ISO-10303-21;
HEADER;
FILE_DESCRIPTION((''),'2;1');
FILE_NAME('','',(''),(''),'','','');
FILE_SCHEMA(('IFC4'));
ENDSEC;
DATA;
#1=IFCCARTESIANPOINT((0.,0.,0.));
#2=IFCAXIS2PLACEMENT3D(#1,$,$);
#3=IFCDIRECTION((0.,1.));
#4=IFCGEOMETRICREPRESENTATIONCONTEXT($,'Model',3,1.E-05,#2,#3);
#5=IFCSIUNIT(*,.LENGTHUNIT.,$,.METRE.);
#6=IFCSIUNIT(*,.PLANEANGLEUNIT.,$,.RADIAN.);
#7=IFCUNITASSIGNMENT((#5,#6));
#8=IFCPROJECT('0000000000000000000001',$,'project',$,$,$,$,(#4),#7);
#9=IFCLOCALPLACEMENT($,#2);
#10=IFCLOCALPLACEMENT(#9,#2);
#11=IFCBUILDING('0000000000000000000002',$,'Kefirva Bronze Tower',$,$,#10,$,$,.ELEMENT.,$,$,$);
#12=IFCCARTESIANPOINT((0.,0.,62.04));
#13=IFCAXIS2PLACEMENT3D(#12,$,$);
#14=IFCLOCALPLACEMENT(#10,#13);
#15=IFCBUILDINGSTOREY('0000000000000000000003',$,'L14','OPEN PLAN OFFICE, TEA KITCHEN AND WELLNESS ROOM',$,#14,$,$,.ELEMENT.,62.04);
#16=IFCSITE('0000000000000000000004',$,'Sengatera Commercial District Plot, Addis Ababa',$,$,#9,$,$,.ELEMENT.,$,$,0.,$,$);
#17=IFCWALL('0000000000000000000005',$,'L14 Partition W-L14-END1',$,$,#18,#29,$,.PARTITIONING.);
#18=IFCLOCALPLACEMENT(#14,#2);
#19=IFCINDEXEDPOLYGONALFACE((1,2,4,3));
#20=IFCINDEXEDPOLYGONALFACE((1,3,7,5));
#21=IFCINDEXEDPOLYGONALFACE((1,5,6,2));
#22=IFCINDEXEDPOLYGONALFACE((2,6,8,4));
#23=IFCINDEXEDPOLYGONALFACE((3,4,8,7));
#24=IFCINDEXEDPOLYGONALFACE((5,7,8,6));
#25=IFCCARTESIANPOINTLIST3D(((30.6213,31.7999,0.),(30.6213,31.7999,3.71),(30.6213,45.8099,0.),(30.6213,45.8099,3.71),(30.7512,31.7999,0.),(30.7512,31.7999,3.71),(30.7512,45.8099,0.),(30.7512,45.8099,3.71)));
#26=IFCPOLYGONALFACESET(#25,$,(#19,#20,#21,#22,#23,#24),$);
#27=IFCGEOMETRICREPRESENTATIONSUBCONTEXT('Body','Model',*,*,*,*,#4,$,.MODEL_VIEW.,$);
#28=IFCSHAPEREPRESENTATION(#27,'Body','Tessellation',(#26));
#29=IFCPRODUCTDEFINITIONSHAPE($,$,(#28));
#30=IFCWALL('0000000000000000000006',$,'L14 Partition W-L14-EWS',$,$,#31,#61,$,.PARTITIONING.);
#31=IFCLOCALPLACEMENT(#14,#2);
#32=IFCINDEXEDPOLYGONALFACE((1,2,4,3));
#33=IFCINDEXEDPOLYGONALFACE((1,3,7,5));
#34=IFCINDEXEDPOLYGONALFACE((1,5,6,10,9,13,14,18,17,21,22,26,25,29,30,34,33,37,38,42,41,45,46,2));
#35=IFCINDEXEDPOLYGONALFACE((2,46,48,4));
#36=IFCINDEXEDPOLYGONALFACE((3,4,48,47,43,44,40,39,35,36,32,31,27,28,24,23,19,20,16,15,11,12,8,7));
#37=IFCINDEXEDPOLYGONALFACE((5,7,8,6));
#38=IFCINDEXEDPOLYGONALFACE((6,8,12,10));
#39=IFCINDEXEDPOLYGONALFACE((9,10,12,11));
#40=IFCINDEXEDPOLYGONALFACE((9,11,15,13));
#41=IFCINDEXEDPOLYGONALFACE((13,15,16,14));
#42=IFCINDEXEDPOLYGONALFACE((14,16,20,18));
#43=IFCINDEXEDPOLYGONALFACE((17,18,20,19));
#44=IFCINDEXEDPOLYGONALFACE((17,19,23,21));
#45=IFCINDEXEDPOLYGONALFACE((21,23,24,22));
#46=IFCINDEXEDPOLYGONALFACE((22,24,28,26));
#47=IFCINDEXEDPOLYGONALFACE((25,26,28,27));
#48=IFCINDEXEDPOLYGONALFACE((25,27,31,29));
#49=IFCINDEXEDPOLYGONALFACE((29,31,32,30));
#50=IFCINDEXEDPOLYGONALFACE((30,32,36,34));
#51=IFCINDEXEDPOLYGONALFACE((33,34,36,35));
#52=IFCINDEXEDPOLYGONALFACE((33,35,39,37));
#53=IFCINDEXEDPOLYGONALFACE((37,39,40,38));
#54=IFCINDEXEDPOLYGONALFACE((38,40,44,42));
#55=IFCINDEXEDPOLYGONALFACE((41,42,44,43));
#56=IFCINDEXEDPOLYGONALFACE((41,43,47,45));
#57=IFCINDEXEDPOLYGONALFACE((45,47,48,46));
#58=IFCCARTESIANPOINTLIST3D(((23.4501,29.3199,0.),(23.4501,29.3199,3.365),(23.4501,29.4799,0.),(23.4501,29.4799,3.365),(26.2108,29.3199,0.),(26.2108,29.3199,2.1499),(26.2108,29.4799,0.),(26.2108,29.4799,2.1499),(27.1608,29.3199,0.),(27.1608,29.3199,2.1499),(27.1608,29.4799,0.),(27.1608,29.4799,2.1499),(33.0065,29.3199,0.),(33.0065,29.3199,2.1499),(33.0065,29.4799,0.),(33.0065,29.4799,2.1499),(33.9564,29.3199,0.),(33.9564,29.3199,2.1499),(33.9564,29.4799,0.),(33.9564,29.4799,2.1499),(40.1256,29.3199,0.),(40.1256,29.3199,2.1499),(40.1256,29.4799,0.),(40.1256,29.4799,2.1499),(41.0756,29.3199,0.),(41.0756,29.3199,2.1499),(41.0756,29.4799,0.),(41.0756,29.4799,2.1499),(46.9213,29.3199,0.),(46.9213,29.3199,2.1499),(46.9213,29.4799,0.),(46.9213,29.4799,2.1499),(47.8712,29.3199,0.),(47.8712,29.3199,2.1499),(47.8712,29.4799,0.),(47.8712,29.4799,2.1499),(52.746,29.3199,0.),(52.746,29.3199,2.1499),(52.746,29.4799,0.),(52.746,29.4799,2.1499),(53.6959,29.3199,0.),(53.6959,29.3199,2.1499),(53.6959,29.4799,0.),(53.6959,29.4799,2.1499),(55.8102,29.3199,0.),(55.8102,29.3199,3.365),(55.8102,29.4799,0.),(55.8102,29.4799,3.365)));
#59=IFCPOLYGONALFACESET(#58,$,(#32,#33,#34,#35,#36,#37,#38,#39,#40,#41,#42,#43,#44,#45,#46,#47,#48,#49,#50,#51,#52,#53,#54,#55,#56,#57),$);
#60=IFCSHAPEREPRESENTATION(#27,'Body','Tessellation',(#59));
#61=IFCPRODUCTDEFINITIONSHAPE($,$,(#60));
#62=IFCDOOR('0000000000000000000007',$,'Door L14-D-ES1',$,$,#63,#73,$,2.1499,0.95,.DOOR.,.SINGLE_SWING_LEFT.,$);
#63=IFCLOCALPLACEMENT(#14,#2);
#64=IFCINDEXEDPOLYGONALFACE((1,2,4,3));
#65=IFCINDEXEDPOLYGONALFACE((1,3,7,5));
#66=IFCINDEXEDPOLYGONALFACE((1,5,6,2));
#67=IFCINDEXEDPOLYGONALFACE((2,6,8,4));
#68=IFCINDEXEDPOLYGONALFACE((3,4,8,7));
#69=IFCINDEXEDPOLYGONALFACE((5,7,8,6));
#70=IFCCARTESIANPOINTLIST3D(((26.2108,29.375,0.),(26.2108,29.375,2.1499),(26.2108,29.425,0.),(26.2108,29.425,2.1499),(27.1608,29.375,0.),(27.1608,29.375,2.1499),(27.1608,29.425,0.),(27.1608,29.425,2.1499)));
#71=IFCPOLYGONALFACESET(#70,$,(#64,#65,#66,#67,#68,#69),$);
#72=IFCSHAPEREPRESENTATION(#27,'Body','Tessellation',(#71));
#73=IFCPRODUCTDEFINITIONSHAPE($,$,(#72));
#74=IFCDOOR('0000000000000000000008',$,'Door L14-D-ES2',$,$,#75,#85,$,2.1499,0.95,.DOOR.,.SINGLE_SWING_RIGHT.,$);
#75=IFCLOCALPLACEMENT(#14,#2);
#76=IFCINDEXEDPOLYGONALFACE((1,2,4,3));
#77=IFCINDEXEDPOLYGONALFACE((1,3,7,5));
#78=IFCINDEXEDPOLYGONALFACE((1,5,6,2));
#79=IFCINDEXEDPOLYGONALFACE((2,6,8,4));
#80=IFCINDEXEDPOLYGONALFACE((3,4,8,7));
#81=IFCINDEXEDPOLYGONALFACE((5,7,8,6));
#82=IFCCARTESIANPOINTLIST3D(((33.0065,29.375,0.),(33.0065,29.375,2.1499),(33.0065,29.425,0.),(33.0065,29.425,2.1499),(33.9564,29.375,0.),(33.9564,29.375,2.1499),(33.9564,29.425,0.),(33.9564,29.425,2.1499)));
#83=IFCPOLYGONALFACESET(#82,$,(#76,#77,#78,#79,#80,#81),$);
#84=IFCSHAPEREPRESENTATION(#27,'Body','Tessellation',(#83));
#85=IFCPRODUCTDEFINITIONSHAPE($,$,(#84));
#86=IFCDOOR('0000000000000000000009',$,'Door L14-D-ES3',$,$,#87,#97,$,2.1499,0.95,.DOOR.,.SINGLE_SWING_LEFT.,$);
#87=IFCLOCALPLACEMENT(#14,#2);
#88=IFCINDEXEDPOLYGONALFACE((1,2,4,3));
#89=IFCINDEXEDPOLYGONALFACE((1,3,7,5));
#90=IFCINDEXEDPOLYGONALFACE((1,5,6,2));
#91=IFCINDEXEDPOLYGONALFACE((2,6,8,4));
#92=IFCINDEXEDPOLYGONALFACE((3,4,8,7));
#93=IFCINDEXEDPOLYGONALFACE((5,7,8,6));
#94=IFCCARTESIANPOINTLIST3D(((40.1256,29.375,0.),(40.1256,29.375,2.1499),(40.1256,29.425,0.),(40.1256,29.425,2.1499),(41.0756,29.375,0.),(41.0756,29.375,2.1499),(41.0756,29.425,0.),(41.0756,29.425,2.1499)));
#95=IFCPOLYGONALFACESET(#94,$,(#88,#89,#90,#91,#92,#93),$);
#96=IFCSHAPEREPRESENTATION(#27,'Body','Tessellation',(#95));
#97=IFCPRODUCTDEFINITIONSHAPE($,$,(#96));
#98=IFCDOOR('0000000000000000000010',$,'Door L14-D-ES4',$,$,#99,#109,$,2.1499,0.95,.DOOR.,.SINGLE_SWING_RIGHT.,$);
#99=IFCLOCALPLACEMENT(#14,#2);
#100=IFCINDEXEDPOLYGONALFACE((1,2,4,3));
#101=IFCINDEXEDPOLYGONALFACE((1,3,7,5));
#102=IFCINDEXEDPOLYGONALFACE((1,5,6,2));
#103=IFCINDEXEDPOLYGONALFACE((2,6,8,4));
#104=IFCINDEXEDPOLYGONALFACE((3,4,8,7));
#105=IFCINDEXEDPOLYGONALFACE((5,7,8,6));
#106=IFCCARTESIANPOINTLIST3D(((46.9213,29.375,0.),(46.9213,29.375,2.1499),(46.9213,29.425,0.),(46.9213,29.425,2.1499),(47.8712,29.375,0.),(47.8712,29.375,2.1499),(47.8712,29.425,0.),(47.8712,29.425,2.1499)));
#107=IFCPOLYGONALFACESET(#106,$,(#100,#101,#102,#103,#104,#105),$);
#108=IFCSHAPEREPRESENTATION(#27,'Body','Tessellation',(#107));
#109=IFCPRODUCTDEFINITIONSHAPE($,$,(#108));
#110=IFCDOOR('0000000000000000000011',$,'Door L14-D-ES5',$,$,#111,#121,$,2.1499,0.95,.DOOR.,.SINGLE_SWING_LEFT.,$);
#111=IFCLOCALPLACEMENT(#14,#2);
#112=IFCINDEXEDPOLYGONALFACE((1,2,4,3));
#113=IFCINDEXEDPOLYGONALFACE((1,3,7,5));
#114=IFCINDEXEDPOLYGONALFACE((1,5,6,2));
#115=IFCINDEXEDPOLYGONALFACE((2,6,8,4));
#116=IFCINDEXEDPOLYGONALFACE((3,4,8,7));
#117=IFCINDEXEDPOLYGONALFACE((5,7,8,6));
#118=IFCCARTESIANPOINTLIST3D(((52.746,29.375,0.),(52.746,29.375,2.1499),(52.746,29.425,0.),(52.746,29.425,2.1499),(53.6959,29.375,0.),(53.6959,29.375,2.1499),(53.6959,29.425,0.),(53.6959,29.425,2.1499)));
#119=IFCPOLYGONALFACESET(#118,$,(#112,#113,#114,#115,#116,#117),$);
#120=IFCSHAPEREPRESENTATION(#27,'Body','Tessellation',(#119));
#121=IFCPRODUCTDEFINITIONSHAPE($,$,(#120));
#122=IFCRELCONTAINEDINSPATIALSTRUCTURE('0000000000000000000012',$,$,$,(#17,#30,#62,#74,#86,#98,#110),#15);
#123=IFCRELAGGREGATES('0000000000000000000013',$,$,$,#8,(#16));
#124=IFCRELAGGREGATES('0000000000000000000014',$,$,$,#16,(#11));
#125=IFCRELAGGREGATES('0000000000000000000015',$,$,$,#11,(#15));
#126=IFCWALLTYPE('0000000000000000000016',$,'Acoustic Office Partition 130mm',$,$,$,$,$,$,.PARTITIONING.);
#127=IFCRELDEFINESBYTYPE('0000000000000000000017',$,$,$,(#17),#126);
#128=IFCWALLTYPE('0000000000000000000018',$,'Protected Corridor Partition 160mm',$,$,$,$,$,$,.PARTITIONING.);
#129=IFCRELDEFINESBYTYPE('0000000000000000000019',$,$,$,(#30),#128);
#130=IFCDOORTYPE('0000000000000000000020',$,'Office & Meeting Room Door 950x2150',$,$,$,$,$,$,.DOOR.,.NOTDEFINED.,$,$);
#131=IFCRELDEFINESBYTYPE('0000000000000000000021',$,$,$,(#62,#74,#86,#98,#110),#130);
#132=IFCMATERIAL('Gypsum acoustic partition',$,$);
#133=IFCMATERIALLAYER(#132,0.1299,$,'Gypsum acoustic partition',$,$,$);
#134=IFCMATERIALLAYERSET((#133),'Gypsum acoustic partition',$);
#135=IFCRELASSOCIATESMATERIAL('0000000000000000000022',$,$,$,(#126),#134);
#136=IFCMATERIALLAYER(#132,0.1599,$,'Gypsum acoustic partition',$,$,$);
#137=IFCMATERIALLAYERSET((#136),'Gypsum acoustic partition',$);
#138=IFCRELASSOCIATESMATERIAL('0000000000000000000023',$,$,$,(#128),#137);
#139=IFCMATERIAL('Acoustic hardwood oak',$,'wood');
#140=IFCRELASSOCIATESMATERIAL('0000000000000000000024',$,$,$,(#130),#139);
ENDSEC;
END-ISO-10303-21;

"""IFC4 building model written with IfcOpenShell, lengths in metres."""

from ifc_helpers import new_model, si_unit, direction, frame, frame_2d, origin, place, context, subcontext, project, spatial, rectangle, extrude, material, layer, layer_set, type_object, element, fill, save


model = new_model("IFC4")

# Units and contexts
model_context = context("Model", 3, precision=1e-05, world=origin(), true_north=direction((0.0, 1.0)))
body_context = subcontext(model_context, "Body", "Model", "MODEL_VIEW")
ifc_project = project(units=[si_unit("LENGTHUNIT", "METRE"), si_unit("PLANEANGLEUNIT", "RADIAN")], contexts=[model_context])

# Site, building, storey
site_placement = place(None, origin())
site = spatial("IfcSite", under=ifc_project, at=site_placement, Name="Sengatera Commercial District Plot, Addis Ababa", CompositionType="ELEMENT", RefElevation=0.0)
building_placement = place(site_placement, origin())
building = spatial("IfcBuilding", under=site, at=building_placement, Name="Kefirva Bronze Tower", CompositionType="ELEMENT")
storey_placement = place(building_placement, frame((0.0, 0.0, 62.04)))
storey = spatial("IfcBuildingStorey", under=building, at=storey_placement, Name="L14", Description="OPEN PLAN OFFICE, TEA KITCHEN AND WELLNESS ROOM", CompositionType="ELEMENT", Elevation=62.04)

# Wall
ifc_material_1 = material(Name="Gypsum acoustic partition")
ifc_layer_1 = layer(ifc_material_1, 0.1299, Name="Gypsum acoustic partition")
ifc_layer_set_1 = layer_set([ifc_layer_1], Name="Gypsum acoustic partition")
wall_type_1 = type_object("IfcWallType", Name="Acoustic Office Partition 130mm", PredefinedType="PARTITIONING", material=ifc_layer_set_1)
wall_1_placement = place(storey_placement, frame((30.6863, 31.8, 0.0), z_axis=(0.0, 0.0, 1.0), x_axis=(0.0, 1.0, 0.0)))
element("IfcWall", 1, at=wall_1_placement, inside=storey, type_object=wall_type_1, Name="L14 Partition W-L14-END1", PredefinedType="PARTITIONING", context=body_context, shape_type="SweptSolid", body=[
    extrude(rectangle(XDim=14.01, YDim=0.1299, at=frame_2d((7.0049, 0.0))), origin(), (0.0, 0.0, 1.0), 3.71),
])

# Wall, openings, doors
ifc_layer_2 = layer(ifc_material_1, 0.1599, Name="Gypsum acoustic partition")
ifc_layer_set_2 = layer_set([ifc_layer_2], Name="Gypsum acoustic partition")
wall_type_2 = type_object("IfcWallType", Name="Protected Corridor Partition 160mm", PredefinedType="PARTITIONING", material=ifc_layer_set_2)
wall_2_placement = place(storey_placement, frame((23.45, 29.3999, 0.0), z_axis=(0.0, 0.0, 1.0), x_axis=(1.0, 0.0, 0.0)))
wall_2 = element("IfcWall", 2, at=wall_2_placement, inside=storey, type_object=wall_type_2, Name="L14 Partition W-L14-EWS", PredefinedType="PARTITIONING", context=body_context, shape_type="SweptSolid", body=[
    extrude(rectangle(XDim=32.3601, YDim=0.1599, at=frame_2d((16.1802, 0.0))), origin(), (0.0, 0.0, 1.0), 3.365),
])
opening_1_placement = place(wall_2_placement, frame((3.7109, 0.0, 0.0), z_axis=(0.0, 0.0, 1.0), x_axis=(-1.0, 0.0, 0.0)))
opening_1 = element("IfcOpeningElement", 3, at=opening_1_placement, cuts=wall_2, PredefinedType="OPENING", context=body_context, shape_type="SweptSolid", body=[
    extrude(rectangle(XDim=0.95, YDim=2.1499, at=frame_2d((0.4751, 1.075))), frame((0.0, 0.0898, 0.0), z_axis=(0.0, -1.0, 0.0), x_axis=(1.0, 0.0, 0.0)), (0.0, 0.0, 1.0), 0.1799),
])
opening_2_placement = place(wall_2_placement, frame((10.5066, 0.0, 0.0), z_axis=(0.0, 0.0, 1.0), x_axis=(-1.0, 0.0, 0.0)))
opening_2 = element("IfcOpeningElement", 4, at=opening_2_placement, cuts=wall_2, PredefinedType="OPENING", context=body_context, shape_type="SweptSolid", body=[
    extrude(rectangle(XDim=0.95, YDim=2.1499, at=frame_2d((0.4751, 1.075))), frame((0.0, 0.0898, 0.0), z_axis=(0.0, -1.0, 0.0), x_axis=(1.0, 0.0, 0.0)), (0.0, 0.0, 1.0), 0.1799),
])
opening_3_placement = place(wall_2_placement, frame((17.6257, 0.0, 0.0), z_axis=(0.0, 0.0, 1.0), x_axis=(-1.0, 0.0, 0.0)))
opening_3 = element("IfcOpeningElement", 5, at=opening_3_placement, cuts=wall_2, PredefinedType="OPENING", context=body_context, shape_type="SweptSolid", body=[
    extrude(rectangle(XDim=0.95, YDim=2.1499, at=frame_2d((0.4751, 1.075))), frame((0.0, 0.0898, 0.0), z_axis=(0.0, -1.0, 0.0), x_axis=(1.0, 0.0, 0.0)), (0.0, 0.0, 1.0), 0.1799),
])
opening_4_placement = place(wall_2_placement, frame((24.4214, 0.0, 0.0), z_axis=(0.0, 0.0, 1.0), x_axis=(-1.0, 0.0, 0.0)))
opening_4 = element("IfcOpeningElement", 6, at=opening_4_placement, cuts=wall_2, PredefinedType="OPENING", context=body_context, shape_type="SweptSolid", body=[
    extrude(rectangle(XDim=0.95, YDim=2.1499, at=frame_2d((0.4751, 1.075))), frame((0.0, 0.0898, 0.0), z_axis=(0.0, -1.0, 0.0), x_axis=(1.0, 0.0, 0.0)), (0.0, 0.0, 1.0), 0.1799),
])
opening_5_placement = place(wall_2_placement, frame((30.2461, 0.0, 0.0), z_axis=(0.0, 0.0, 1.0), x_axis=(-1.0, 0.0, 0.0)))
opening_5 = element("IfcOpeningElement", 7, at=opening_5_placement, cuts=wall_2, PredefinedType="OPENING", context=body_context, shape_type="SweptSolid", body=[
    extrude(rectangle(XDim=0.95, YDim=2.1499, at=frame_2d((0.4751, 1.075))), frame((0.0, 0.0898, 0.0), z_axis=(0.0, -1.0, 0.0), x_axis=(1.0, 0.0, 0.0)), (0.0, 0.0, 1.0), 0.1799),
])
ifc_material_2 = material(Name="Acoustic hardwood oak", Category="wood")
door_type = type_object("IfcDoorType", Name="Office & Meeting Room Door 950x2150", OperationType="NOTDEFINED", PredefinedType="DOOR", material=ifc_material_2)
door_1_placement = place(opening_1_placement, origin())
door_1 = element("IfcDoor", 8, at=door_1_placement, inside=storey, type_object=door_type, Name="Door L14-D-ES1", OperationType="SINGLE_SWING_LEFT", OverallHeight=2.1499, OverallWidth=0.95, PredefinedType="DOOR", context=body_context, shape_type="SweptSolid", body=[
    extrude(rectangle(XDim=0.95, YDim=2.1499, at=frame_2d((0.4751, 1.075))), frame((0.0, 0.0249, 0.0), z_axis=(0.0, -1.0, 0.0), x_axis=(1.0, 0.0, 0.0)), (0.0, 0.0, 1.0), 0.05),
])
fill(opening_1, door_1)
door_2_placement = place(opening_2_placement, origin())
door_2 = element("IfcDoor", 9, at=door_2_placement, inside=storey, type_object=door_type, Name="Door L14-D-ES2", OperationType="SINGLE_SWING_RIGHT", OverallHeight=2.1499, OverallWidth=0.95, PredefinedType="DOOR", context=body_context, shape_type="SweptSolid", body=[
    extrude(rectangle(XDim=0.95, YDim=2.1499, at=frame_2d((0.4751, 1.075))), frame((0.0, 0.0249, 0.0), z_axis=(0.0, -1.0, 0.0), x_axis=(1.0, 0.0, 0.0)), (0.0, 0.0, 1.0), 0.05),
])
fill(opening_2, door_2)
door_3_placement = place(opening_3_placement, origin())
door_3 = element("IfcDoor", 10, at=door_3_placement, inside=storey, type_object=door_type, Name="Door L14-D-ES3", OperationType="SINGLE_SWING_LEFT", OverallHeight=2.1499, OverallWidth=0.95, PredefinedType="DOOR", context=body_context, shape_type="SweptSolid", body=[
    extrude(rectangle(XDim=0.95, YDim=2.1499, at=frame_2d((0.4751, 1.075))), frame((0.0, 0.0249, 0.0), z_axis=(0.0, -1.0, 0.0), x_axis=(1.0, 0.0, 0.0)), (0.0, 0.0, 1.0), 0.05),
])
fill(opening_3, door_3)
door_4_placement = place(opening_4_placement, origin())
door_4 = element("IfcDoor", 11, at=door_4_placement, inside=storey, type_object=door_type, Name="Door L14-D-ES4", OperationType="SINGLE_SWING_RIGHT", OverallHeight=2.1499, OverallWidth=0.95, PredefinedType="DOOR", context=body_context, shape_type="SweptSolid", body=[
    extrude(rectangle(XDim=0.95, YDim=2.1499, at=frame_2d((0.4751, 1.075))), frame((0.0, 0.0249, 0.0), z_axis=(0.0, -1.0, 0.0), x_axis=(1.0, 0.0, 0.0)), (0.0, 0.0, 1.0), 0.05),
])
fill(opening_4, door_4)
door_5_placement = place(opening_5_placement, origin())
door_5 = element("IfcDoor", 12, at=door_5_placement, inside=storey, type_object=door_type, Name="Door L14-D-ES5", OperationType="SINGLE_SWING_LEFT", OverallHeight=2.1499, OverallWidth=0.95, PredefinedType="DOOR", context=body_context, shape_type="SweptSolid", body=[
    extrude(rectangle(XDim=0.95, YDim=2.1499, at=frame_2d((0.4751, 1.075))), frame((0.0, 0.0249, 0.0), z_axis=(0.0, -1.0, 0.0), x_axis=(1.0, 0.0, 0.0)), (0.0, 0.0, 1.0), 0.05),
])
fill(opening_5, door_5)

save(model, "model.ifc")
